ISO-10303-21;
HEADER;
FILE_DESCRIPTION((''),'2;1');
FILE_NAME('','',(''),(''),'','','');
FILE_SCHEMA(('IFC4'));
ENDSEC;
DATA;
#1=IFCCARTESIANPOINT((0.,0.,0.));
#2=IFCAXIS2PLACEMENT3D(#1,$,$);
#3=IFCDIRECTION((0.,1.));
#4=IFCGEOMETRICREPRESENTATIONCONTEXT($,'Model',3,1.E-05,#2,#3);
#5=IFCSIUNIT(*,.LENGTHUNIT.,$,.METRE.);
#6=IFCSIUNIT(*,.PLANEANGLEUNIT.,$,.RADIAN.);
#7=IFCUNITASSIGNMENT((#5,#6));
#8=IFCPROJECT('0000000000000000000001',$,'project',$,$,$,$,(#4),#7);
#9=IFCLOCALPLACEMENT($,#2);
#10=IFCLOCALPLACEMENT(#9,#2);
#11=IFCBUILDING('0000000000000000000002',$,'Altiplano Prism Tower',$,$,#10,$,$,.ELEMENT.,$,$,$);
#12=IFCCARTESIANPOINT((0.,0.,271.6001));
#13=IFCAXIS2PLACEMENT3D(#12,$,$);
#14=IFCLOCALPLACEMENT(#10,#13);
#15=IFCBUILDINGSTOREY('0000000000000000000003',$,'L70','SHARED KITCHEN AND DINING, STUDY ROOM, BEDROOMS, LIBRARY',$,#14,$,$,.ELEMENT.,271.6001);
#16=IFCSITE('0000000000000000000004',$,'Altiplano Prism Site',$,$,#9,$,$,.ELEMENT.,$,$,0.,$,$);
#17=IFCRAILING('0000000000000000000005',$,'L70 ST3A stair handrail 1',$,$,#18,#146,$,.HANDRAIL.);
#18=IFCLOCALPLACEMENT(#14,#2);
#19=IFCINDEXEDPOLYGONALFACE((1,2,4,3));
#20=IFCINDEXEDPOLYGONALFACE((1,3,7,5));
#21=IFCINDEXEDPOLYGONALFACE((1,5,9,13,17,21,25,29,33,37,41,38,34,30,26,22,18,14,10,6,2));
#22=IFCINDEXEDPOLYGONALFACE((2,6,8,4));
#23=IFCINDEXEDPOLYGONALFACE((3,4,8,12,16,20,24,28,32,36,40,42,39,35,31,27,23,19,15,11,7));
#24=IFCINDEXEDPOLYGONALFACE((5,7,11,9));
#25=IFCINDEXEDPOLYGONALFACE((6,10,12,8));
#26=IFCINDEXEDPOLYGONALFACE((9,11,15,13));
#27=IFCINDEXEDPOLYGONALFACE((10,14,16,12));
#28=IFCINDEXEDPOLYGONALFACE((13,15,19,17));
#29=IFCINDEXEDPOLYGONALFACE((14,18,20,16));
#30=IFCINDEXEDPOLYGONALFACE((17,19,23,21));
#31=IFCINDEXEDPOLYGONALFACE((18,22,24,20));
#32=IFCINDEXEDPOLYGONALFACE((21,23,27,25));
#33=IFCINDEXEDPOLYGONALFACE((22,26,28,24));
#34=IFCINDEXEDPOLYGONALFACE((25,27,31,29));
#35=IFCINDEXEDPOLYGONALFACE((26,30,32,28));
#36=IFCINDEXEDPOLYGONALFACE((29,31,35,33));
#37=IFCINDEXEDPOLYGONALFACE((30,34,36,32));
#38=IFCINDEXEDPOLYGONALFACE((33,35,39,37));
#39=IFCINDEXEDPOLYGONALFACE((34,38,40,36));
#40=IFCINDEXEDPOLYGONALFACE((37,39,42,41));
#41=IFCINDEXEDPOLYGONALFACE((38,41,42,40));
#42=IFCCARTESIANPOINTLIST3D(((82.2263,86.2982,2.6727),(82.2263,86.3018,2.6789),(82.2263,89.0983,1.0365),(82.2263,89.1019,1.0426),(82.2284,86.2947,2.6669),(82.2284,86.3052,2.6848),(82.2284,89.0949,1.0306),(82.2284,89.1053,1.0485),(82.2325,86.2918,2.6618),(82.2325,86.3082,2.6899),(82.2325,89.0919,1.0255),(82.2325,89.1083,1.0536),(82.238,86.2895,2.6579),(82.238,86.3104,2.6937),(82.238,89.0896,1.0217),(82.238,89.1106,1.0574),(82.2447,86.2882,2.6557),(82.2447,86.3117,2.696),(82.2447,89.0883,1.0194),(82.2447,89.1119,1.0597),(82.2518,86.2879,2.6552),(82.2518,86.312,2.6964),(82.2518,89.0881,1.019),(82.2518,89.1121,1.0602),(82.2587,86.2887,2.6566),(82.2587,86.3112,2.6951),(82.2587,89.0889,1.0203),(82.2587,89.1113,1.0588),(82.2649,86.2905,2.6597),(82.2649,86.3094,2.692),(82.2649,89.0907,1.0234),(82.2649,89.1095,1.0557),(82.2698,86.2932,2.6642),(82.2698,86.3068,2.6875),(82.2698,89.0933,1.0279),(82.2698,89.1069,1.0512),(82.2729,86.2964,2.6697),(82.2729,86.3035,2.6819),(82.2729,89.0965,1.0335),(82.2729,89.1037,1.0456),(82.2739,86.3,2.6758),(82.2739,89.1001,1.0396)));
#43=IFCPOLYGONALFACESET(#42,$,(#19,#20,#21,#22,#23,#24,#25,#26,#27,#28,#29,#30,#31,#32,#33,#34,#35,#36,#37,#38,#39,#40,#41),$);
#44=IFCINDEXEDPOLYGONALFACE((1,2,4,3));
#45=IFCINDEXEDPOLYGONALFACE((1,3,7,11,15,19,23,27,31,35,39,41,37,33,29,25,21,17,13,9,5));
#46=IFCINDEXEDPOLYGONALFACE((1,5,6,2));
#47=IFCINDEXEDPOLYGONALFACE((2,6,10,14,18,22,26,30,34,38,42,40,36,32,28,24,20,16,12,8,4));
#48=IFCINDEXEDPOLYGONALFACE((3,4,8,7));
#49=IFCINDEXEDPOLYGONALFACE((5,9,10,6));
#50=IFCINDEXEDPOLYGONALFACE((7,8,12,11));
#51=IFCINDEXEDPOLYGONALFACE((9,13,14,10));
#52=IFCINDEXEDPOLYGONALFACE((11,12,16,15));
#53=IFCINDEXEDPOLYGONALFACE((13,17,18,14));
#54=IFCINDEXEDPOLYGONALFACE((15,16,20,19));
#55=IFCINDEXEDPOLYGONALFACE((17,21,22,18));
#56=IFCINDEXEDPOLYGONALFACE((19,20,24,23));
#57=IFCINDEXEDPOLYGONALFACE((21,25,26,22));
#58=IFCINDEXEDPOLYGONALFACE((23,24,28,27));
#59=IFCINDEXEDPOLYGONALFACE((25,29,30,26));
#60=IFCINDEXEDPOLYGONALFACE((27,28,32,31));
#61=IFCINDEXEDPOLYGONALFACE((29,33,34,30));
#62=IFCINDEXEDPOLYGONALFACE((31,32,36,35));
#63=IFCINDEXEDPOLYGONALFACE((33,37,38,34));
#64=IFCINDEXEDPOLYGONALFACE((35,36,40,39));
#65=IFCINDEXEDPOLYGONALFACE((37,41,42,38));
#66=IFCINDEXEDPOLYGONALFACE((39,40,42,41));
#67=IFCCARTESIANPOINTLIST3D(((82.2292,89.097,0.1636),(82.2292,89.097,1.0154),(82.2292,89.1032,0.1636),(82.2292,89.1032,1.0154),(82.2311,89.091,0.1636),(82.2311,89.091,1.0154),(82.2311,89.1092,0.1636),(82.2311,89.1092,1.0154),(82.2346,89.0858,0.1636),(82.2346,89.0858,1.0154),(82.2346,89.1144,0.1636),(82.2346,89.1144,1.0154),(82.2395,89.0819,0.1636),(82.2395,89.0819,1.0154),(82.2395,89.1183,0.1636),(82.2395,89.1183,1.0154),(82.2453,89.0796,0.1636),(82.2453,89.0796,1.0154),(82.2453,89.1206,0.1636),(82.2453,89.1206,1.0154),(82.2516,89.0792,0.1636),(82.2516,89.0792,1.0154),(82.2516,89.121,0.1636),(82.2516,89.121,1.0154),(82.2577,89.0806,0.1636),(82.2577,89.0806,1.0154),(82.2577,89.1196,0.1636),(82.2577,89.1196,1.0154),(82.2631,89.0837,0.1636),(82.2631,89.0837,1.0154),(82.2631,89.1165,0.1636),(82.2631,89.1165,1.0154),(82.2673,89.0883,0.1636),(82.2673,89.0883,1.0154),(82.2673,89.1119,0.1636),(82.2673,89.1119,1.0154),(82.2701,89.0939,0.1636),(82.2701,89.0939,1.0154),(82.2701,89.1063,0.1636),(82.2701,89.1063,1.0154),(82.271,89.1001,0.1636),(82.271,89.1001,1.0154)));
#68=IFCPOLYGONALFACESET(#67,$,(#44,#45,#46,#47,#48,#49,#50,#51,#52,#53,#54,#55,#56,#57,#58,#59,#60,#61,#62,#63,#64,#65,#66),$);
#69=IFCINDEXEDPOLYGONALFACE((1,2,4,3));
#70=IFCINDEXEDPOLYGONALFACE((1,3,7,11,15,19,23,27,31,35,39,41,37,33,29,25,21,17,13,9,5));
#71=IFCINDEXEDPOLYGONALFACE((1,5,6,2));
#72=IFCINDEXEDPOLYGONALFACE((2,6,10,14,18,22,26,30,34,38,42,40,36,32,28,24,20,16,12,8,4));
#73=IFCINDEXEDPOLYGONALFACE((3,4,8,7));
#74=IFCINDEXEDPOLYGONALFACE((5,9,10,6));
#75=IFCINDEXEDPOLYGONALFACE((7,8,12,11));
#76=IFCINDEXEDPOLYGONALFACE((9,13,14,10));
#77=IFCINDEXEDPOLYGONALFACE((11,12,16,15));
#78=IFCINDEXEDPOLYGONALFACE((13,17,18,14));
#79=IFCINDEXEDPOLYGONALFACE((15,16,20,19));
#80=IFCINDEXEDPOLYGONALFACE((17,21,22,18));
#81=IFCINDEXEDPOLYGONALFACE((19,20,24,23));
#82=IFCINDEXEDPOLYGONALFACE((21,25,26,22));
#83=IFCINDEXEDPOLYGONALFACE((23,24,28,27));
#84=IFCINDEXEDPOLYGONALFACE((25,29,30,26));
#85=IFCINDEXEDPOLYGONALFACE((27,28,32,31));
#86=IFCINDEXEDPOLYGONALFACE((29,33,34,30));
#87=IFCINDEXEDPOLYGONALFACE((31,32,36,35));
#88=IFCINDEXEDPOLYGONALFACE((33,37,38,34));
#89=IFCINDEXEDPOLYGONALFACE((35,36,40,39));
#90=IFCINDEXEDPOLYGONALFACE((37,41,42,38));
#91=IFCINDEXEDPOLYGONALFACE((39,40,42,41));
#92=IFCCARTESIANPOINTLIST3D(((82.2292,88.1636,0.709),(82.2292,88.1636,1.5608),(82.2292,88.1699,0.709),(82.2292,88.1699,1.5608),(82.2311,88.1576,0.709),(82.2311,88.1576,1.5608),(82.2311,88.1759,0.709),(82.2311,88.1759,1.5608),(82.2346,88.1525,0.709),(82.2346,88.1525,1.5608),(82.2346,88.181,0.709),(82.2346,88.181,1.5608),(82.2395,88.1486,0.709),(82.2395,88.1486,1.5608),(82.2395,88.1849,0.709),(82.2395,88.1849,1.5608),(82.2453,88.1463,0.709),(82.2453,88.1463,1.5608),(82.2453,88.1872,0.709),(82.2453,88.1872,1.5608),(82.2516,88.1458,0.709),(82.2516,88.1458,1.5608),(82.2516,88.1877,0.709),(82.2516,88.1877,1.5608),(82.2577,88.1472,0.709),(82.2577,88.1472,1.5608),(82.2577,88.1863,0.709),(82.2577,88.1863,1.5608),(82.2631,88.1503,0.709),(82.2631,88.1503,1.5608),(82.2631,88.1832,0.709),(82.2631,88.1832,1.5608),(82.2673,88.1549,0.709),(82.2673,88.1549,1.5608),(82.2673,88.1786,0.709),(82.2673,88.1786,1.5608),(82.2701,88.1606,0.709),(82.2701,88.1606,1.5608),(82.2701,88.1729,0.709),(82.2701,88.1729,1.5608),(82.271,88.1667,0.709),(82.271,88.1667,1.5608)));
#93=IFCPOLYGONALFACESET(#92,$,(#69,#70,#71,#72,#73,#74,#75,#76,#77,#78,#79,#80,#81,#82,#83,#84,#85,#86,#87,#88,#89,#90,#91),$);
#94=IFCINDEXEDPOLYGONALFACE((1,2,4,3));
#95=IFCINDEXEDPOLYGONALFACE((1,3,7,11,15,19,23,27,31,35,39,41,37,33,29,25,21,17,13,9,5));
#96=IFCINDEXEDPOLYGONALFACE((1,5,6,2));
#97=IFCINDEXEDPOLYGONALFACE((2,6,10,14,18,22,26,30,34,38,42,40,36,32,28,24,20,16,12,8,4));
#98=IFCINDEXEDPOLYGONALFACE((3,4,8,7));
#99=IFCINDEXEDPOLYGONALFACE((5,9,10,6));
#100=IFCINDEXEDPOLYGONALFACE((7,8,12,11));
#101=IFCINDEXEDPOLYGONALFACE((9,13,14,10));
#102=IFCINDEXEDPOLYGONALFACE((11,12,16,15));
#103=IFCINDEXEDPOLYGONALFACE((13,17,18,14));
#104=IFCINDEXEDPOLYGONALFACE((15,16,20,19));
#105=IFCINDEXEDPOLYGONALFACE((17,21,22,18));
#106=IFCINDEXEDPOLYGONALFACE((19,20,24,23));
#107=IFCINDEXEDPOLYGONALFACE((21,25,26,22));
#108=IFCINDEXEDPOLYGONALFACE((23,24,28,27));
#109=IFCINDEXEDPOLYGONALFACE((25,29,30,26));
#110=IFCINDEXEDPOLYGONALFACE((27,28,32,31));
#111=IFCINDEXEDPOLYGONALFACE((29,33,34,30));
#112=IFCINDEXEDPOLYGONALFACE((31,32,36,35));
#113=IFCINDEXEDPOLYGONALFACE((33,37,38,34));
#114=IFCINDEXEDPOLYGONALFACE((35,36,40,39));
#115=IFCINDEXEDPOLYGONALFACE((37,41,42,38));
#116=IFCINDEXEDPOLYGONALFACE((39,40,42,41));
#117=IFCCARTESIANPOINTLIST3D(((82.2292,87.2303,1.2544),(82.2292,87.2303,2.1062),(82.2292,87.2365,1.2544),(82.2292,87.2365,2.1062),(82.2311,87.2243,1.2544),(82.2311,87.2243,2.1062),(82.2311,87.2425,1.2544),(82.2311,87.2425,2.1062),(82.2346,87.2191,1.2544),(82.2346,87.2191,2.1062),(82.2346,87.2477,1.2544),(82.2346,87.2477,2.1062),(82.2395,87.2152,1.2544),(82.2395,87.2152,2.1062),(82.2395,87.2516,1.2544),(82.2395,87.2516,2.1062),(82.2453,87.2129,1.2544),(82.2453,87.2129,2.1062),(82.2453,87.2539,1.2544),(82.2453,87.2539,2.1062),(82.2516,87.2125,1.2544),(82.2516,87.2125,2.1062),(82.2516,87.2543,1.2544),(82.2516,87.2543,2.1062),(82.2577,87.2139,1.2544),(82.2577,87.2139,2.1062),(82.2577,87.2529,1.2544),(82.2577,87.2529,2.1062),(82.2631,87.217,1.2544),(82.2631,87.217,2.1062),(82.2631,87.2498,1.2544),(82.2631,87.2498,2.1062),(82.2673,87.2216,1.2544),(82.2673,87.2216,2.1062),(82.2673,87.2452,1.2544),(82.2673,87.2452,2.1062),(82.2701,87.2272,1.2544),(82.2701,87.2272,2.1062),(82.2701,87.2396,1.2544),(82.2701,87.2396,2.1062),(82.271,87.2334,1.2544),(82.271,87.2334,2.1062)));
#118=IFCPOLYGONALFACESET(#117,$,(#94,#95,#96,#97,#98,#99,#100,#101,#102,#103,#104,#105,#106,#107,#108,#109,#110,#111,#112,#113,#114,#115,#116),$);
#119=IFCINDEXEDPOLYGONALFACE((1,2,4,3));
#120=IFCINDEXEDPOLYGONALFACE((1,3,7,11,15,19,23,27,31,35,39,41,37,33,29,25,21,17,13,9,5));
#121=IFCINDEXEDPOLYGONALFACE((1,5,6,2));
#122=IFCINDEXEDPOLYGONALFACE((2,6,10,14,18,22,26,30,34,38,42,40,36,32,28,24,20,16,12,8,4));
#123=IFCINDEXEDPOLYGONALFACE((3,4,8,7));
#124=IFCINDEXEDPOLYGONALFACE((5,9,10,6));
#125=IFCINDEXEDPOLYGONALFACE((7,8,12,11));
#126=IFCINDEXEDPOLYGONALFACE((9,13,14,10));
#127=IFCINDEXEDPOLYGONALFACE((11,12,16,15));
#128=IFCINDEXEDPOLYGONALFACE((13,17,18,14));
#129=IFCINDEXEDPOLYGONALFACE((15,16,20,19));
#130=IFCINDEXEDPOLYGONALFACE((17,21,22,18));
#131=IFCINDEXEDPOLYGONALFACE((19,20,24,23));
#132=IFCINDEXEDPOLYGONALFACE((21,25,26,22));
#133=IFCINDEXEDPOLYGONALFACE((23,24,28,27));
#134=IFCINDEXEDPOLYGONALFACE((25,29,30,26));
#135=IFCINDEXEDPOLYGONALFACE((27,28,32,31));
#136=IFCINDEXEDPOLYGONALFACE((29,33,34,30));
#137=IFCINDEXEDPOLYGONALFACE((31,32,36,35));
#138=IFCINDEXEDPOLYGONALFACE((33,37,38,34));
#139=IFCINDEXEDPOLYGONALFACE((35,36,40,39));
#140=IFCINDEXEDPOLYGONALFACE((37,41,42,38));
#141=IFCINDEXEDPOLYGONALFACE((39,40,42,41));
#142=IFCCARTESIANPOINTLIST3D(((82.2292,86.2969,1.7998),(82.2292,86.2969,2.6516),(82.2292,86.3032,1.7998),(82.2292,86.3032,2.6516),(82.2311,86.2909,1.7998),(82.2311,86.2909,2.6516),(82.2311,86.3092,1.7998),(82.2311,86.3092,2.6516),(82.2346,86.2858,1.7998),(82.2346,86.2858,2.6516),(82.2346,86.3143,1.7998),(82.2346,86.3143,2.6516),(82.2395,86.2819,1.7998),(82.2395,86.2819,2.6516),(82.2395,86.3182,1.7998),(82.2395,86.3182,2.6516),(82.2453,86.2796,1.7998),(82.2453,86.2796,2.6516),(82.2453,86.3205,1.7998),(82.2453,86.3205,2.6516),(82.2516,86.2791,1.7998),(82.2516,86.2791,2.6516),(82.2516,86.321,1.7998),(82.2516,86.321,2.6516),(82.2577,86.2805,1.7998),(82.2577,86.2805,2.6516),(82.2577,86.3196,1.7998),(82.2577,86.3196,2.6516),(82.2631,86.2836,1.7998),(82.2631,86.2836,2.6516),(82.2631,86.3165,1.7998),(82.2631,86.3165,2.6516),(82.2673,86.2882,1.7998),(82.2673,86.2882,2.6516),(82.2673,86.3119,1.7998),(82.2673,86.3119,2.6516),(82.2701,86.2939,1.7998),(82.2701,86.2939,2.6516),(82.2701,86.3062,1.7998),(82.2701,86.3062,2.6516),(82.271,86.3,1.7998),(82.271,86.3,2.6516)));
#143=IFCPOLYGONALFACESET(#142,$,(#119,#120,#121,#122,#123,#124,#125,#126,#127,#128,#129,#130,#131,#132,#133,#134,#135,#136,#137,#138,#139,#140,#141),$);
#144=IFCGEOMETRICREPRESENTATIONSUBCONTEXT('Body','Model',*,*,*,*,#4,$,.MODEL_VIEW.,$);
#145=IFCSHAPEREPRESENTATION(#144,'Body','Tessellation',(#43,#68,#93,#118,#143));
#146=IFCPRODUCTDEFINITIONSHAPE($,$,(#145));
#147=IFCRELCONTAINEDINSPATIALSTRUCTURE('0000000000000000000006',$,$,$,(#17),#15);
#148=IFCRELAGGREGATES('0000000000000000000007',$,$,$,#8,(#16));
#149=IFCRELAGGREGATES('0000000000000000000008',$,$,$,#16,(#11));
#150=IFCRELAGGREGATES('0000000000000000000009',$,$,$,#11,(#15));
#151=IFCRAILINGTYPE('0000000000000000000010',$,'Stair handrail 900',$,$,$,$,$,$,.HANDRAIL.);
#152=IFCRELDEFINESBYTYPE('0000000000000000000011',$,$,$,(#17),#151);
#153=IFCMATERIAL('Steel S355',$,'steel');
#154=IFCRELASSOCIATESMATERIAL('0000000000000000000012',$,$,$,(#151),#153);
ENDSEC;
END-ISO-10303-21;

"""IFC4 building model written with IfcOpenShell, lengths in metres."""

from ifc_helpers import new_model, si_unit, direction, frame, origin, origin_2d, place, context, subcontext, project, spatial, circle, extrude, material, type_object, element, save


model = new_model("IFC4")

# Units and contexts
model_context = context("Model", 3, precision=1e-05, world=origin(), true_north=direction((0.0, 1.0)))
body_context = subcontext(model_context, "Body", "Model", "MODEL_VIEW")
ifc_project = project(units=[si_unit("LENGTHUNIT", "METRE"), si_unit("PLANEANGLEUNIT", "RADIAN")], contexts=[model_context])

# Site, building, storey
site_placement = place(None, origin())
site = spatial("IfcSite", under=ifc_project, at=site_placement, Name="Altiplano Prism Site", CompositionType="ELEMENT", RefElevation=0.0)
building_placement = place(site_placement, origin())
building = spatial("IfcBuilding", under=site, at=building_placement, Name="Altiplano Prism Tower", CompositionType="ELEMENT")
storey_placement = place(building_placement, frame((0.0, 0.0, 271.6001)))
storey = spatial("IfcBuildingStorey", under=building, at=storey_placement, Name="L70", Description="SHARED KITCHEN AND DINING, STUDY ROOM, BEDROOMS, LIBRARY", CompositionType="ELEMENT", Elevation=271.6001)

# Railing
ifc_material_1 = material(Name="Steel S355", Category="steel")
railing_type_1 = type_object("IfcRailingType", Name="Stair handrail 900", PredefinedType="HANDRAIL", material=ifc_material_1)
railing_1_placement = place(storey_placement, frame((82.25, 89.1001, 0.1636)))
element("IfcRailing", 1, at=railing_1_placement, inside=storey, type_object=railing_type_1, Name="L70 ST3A stair handrail 1", PredefinedType="HANDRAIL", context=body_context, shape_type="SweptSolid", body=[
    extrude(circle(Radius=0.0239, at=origin_2d()), frame((0.0, 0.0, 0.876), z_axis=(0.0, -0.863394, 0.504531), x_axis=(1.0, 0.0, 0.0)), (0.0, 0.0, 1.0), 3.2432),
    extrude(circle(Radius=0.021, at=origin_2d()), origin(), (0.0, 0.0, 1.0), 0.8518),
    extrude(circle(Radius=0.021, at=origin_2d()), frame((0.0, -0.9333, 0.5454)), (0.0, 0.0, 1.0), 0.8518),
    extrude(circle(Radius=0.021, at=origin_2d()), frame((0.0, -1.8667, 1.0908)), (0.0, 0.0, 1.0), 0.8518),
    extrude(circle(Radius=0.021, at=origin_2d()), frame((0.0, -2.8, 1.6362)), (0.0, 0.0, 1.0), 0.8518),
])

save(model, "model.ifc")
